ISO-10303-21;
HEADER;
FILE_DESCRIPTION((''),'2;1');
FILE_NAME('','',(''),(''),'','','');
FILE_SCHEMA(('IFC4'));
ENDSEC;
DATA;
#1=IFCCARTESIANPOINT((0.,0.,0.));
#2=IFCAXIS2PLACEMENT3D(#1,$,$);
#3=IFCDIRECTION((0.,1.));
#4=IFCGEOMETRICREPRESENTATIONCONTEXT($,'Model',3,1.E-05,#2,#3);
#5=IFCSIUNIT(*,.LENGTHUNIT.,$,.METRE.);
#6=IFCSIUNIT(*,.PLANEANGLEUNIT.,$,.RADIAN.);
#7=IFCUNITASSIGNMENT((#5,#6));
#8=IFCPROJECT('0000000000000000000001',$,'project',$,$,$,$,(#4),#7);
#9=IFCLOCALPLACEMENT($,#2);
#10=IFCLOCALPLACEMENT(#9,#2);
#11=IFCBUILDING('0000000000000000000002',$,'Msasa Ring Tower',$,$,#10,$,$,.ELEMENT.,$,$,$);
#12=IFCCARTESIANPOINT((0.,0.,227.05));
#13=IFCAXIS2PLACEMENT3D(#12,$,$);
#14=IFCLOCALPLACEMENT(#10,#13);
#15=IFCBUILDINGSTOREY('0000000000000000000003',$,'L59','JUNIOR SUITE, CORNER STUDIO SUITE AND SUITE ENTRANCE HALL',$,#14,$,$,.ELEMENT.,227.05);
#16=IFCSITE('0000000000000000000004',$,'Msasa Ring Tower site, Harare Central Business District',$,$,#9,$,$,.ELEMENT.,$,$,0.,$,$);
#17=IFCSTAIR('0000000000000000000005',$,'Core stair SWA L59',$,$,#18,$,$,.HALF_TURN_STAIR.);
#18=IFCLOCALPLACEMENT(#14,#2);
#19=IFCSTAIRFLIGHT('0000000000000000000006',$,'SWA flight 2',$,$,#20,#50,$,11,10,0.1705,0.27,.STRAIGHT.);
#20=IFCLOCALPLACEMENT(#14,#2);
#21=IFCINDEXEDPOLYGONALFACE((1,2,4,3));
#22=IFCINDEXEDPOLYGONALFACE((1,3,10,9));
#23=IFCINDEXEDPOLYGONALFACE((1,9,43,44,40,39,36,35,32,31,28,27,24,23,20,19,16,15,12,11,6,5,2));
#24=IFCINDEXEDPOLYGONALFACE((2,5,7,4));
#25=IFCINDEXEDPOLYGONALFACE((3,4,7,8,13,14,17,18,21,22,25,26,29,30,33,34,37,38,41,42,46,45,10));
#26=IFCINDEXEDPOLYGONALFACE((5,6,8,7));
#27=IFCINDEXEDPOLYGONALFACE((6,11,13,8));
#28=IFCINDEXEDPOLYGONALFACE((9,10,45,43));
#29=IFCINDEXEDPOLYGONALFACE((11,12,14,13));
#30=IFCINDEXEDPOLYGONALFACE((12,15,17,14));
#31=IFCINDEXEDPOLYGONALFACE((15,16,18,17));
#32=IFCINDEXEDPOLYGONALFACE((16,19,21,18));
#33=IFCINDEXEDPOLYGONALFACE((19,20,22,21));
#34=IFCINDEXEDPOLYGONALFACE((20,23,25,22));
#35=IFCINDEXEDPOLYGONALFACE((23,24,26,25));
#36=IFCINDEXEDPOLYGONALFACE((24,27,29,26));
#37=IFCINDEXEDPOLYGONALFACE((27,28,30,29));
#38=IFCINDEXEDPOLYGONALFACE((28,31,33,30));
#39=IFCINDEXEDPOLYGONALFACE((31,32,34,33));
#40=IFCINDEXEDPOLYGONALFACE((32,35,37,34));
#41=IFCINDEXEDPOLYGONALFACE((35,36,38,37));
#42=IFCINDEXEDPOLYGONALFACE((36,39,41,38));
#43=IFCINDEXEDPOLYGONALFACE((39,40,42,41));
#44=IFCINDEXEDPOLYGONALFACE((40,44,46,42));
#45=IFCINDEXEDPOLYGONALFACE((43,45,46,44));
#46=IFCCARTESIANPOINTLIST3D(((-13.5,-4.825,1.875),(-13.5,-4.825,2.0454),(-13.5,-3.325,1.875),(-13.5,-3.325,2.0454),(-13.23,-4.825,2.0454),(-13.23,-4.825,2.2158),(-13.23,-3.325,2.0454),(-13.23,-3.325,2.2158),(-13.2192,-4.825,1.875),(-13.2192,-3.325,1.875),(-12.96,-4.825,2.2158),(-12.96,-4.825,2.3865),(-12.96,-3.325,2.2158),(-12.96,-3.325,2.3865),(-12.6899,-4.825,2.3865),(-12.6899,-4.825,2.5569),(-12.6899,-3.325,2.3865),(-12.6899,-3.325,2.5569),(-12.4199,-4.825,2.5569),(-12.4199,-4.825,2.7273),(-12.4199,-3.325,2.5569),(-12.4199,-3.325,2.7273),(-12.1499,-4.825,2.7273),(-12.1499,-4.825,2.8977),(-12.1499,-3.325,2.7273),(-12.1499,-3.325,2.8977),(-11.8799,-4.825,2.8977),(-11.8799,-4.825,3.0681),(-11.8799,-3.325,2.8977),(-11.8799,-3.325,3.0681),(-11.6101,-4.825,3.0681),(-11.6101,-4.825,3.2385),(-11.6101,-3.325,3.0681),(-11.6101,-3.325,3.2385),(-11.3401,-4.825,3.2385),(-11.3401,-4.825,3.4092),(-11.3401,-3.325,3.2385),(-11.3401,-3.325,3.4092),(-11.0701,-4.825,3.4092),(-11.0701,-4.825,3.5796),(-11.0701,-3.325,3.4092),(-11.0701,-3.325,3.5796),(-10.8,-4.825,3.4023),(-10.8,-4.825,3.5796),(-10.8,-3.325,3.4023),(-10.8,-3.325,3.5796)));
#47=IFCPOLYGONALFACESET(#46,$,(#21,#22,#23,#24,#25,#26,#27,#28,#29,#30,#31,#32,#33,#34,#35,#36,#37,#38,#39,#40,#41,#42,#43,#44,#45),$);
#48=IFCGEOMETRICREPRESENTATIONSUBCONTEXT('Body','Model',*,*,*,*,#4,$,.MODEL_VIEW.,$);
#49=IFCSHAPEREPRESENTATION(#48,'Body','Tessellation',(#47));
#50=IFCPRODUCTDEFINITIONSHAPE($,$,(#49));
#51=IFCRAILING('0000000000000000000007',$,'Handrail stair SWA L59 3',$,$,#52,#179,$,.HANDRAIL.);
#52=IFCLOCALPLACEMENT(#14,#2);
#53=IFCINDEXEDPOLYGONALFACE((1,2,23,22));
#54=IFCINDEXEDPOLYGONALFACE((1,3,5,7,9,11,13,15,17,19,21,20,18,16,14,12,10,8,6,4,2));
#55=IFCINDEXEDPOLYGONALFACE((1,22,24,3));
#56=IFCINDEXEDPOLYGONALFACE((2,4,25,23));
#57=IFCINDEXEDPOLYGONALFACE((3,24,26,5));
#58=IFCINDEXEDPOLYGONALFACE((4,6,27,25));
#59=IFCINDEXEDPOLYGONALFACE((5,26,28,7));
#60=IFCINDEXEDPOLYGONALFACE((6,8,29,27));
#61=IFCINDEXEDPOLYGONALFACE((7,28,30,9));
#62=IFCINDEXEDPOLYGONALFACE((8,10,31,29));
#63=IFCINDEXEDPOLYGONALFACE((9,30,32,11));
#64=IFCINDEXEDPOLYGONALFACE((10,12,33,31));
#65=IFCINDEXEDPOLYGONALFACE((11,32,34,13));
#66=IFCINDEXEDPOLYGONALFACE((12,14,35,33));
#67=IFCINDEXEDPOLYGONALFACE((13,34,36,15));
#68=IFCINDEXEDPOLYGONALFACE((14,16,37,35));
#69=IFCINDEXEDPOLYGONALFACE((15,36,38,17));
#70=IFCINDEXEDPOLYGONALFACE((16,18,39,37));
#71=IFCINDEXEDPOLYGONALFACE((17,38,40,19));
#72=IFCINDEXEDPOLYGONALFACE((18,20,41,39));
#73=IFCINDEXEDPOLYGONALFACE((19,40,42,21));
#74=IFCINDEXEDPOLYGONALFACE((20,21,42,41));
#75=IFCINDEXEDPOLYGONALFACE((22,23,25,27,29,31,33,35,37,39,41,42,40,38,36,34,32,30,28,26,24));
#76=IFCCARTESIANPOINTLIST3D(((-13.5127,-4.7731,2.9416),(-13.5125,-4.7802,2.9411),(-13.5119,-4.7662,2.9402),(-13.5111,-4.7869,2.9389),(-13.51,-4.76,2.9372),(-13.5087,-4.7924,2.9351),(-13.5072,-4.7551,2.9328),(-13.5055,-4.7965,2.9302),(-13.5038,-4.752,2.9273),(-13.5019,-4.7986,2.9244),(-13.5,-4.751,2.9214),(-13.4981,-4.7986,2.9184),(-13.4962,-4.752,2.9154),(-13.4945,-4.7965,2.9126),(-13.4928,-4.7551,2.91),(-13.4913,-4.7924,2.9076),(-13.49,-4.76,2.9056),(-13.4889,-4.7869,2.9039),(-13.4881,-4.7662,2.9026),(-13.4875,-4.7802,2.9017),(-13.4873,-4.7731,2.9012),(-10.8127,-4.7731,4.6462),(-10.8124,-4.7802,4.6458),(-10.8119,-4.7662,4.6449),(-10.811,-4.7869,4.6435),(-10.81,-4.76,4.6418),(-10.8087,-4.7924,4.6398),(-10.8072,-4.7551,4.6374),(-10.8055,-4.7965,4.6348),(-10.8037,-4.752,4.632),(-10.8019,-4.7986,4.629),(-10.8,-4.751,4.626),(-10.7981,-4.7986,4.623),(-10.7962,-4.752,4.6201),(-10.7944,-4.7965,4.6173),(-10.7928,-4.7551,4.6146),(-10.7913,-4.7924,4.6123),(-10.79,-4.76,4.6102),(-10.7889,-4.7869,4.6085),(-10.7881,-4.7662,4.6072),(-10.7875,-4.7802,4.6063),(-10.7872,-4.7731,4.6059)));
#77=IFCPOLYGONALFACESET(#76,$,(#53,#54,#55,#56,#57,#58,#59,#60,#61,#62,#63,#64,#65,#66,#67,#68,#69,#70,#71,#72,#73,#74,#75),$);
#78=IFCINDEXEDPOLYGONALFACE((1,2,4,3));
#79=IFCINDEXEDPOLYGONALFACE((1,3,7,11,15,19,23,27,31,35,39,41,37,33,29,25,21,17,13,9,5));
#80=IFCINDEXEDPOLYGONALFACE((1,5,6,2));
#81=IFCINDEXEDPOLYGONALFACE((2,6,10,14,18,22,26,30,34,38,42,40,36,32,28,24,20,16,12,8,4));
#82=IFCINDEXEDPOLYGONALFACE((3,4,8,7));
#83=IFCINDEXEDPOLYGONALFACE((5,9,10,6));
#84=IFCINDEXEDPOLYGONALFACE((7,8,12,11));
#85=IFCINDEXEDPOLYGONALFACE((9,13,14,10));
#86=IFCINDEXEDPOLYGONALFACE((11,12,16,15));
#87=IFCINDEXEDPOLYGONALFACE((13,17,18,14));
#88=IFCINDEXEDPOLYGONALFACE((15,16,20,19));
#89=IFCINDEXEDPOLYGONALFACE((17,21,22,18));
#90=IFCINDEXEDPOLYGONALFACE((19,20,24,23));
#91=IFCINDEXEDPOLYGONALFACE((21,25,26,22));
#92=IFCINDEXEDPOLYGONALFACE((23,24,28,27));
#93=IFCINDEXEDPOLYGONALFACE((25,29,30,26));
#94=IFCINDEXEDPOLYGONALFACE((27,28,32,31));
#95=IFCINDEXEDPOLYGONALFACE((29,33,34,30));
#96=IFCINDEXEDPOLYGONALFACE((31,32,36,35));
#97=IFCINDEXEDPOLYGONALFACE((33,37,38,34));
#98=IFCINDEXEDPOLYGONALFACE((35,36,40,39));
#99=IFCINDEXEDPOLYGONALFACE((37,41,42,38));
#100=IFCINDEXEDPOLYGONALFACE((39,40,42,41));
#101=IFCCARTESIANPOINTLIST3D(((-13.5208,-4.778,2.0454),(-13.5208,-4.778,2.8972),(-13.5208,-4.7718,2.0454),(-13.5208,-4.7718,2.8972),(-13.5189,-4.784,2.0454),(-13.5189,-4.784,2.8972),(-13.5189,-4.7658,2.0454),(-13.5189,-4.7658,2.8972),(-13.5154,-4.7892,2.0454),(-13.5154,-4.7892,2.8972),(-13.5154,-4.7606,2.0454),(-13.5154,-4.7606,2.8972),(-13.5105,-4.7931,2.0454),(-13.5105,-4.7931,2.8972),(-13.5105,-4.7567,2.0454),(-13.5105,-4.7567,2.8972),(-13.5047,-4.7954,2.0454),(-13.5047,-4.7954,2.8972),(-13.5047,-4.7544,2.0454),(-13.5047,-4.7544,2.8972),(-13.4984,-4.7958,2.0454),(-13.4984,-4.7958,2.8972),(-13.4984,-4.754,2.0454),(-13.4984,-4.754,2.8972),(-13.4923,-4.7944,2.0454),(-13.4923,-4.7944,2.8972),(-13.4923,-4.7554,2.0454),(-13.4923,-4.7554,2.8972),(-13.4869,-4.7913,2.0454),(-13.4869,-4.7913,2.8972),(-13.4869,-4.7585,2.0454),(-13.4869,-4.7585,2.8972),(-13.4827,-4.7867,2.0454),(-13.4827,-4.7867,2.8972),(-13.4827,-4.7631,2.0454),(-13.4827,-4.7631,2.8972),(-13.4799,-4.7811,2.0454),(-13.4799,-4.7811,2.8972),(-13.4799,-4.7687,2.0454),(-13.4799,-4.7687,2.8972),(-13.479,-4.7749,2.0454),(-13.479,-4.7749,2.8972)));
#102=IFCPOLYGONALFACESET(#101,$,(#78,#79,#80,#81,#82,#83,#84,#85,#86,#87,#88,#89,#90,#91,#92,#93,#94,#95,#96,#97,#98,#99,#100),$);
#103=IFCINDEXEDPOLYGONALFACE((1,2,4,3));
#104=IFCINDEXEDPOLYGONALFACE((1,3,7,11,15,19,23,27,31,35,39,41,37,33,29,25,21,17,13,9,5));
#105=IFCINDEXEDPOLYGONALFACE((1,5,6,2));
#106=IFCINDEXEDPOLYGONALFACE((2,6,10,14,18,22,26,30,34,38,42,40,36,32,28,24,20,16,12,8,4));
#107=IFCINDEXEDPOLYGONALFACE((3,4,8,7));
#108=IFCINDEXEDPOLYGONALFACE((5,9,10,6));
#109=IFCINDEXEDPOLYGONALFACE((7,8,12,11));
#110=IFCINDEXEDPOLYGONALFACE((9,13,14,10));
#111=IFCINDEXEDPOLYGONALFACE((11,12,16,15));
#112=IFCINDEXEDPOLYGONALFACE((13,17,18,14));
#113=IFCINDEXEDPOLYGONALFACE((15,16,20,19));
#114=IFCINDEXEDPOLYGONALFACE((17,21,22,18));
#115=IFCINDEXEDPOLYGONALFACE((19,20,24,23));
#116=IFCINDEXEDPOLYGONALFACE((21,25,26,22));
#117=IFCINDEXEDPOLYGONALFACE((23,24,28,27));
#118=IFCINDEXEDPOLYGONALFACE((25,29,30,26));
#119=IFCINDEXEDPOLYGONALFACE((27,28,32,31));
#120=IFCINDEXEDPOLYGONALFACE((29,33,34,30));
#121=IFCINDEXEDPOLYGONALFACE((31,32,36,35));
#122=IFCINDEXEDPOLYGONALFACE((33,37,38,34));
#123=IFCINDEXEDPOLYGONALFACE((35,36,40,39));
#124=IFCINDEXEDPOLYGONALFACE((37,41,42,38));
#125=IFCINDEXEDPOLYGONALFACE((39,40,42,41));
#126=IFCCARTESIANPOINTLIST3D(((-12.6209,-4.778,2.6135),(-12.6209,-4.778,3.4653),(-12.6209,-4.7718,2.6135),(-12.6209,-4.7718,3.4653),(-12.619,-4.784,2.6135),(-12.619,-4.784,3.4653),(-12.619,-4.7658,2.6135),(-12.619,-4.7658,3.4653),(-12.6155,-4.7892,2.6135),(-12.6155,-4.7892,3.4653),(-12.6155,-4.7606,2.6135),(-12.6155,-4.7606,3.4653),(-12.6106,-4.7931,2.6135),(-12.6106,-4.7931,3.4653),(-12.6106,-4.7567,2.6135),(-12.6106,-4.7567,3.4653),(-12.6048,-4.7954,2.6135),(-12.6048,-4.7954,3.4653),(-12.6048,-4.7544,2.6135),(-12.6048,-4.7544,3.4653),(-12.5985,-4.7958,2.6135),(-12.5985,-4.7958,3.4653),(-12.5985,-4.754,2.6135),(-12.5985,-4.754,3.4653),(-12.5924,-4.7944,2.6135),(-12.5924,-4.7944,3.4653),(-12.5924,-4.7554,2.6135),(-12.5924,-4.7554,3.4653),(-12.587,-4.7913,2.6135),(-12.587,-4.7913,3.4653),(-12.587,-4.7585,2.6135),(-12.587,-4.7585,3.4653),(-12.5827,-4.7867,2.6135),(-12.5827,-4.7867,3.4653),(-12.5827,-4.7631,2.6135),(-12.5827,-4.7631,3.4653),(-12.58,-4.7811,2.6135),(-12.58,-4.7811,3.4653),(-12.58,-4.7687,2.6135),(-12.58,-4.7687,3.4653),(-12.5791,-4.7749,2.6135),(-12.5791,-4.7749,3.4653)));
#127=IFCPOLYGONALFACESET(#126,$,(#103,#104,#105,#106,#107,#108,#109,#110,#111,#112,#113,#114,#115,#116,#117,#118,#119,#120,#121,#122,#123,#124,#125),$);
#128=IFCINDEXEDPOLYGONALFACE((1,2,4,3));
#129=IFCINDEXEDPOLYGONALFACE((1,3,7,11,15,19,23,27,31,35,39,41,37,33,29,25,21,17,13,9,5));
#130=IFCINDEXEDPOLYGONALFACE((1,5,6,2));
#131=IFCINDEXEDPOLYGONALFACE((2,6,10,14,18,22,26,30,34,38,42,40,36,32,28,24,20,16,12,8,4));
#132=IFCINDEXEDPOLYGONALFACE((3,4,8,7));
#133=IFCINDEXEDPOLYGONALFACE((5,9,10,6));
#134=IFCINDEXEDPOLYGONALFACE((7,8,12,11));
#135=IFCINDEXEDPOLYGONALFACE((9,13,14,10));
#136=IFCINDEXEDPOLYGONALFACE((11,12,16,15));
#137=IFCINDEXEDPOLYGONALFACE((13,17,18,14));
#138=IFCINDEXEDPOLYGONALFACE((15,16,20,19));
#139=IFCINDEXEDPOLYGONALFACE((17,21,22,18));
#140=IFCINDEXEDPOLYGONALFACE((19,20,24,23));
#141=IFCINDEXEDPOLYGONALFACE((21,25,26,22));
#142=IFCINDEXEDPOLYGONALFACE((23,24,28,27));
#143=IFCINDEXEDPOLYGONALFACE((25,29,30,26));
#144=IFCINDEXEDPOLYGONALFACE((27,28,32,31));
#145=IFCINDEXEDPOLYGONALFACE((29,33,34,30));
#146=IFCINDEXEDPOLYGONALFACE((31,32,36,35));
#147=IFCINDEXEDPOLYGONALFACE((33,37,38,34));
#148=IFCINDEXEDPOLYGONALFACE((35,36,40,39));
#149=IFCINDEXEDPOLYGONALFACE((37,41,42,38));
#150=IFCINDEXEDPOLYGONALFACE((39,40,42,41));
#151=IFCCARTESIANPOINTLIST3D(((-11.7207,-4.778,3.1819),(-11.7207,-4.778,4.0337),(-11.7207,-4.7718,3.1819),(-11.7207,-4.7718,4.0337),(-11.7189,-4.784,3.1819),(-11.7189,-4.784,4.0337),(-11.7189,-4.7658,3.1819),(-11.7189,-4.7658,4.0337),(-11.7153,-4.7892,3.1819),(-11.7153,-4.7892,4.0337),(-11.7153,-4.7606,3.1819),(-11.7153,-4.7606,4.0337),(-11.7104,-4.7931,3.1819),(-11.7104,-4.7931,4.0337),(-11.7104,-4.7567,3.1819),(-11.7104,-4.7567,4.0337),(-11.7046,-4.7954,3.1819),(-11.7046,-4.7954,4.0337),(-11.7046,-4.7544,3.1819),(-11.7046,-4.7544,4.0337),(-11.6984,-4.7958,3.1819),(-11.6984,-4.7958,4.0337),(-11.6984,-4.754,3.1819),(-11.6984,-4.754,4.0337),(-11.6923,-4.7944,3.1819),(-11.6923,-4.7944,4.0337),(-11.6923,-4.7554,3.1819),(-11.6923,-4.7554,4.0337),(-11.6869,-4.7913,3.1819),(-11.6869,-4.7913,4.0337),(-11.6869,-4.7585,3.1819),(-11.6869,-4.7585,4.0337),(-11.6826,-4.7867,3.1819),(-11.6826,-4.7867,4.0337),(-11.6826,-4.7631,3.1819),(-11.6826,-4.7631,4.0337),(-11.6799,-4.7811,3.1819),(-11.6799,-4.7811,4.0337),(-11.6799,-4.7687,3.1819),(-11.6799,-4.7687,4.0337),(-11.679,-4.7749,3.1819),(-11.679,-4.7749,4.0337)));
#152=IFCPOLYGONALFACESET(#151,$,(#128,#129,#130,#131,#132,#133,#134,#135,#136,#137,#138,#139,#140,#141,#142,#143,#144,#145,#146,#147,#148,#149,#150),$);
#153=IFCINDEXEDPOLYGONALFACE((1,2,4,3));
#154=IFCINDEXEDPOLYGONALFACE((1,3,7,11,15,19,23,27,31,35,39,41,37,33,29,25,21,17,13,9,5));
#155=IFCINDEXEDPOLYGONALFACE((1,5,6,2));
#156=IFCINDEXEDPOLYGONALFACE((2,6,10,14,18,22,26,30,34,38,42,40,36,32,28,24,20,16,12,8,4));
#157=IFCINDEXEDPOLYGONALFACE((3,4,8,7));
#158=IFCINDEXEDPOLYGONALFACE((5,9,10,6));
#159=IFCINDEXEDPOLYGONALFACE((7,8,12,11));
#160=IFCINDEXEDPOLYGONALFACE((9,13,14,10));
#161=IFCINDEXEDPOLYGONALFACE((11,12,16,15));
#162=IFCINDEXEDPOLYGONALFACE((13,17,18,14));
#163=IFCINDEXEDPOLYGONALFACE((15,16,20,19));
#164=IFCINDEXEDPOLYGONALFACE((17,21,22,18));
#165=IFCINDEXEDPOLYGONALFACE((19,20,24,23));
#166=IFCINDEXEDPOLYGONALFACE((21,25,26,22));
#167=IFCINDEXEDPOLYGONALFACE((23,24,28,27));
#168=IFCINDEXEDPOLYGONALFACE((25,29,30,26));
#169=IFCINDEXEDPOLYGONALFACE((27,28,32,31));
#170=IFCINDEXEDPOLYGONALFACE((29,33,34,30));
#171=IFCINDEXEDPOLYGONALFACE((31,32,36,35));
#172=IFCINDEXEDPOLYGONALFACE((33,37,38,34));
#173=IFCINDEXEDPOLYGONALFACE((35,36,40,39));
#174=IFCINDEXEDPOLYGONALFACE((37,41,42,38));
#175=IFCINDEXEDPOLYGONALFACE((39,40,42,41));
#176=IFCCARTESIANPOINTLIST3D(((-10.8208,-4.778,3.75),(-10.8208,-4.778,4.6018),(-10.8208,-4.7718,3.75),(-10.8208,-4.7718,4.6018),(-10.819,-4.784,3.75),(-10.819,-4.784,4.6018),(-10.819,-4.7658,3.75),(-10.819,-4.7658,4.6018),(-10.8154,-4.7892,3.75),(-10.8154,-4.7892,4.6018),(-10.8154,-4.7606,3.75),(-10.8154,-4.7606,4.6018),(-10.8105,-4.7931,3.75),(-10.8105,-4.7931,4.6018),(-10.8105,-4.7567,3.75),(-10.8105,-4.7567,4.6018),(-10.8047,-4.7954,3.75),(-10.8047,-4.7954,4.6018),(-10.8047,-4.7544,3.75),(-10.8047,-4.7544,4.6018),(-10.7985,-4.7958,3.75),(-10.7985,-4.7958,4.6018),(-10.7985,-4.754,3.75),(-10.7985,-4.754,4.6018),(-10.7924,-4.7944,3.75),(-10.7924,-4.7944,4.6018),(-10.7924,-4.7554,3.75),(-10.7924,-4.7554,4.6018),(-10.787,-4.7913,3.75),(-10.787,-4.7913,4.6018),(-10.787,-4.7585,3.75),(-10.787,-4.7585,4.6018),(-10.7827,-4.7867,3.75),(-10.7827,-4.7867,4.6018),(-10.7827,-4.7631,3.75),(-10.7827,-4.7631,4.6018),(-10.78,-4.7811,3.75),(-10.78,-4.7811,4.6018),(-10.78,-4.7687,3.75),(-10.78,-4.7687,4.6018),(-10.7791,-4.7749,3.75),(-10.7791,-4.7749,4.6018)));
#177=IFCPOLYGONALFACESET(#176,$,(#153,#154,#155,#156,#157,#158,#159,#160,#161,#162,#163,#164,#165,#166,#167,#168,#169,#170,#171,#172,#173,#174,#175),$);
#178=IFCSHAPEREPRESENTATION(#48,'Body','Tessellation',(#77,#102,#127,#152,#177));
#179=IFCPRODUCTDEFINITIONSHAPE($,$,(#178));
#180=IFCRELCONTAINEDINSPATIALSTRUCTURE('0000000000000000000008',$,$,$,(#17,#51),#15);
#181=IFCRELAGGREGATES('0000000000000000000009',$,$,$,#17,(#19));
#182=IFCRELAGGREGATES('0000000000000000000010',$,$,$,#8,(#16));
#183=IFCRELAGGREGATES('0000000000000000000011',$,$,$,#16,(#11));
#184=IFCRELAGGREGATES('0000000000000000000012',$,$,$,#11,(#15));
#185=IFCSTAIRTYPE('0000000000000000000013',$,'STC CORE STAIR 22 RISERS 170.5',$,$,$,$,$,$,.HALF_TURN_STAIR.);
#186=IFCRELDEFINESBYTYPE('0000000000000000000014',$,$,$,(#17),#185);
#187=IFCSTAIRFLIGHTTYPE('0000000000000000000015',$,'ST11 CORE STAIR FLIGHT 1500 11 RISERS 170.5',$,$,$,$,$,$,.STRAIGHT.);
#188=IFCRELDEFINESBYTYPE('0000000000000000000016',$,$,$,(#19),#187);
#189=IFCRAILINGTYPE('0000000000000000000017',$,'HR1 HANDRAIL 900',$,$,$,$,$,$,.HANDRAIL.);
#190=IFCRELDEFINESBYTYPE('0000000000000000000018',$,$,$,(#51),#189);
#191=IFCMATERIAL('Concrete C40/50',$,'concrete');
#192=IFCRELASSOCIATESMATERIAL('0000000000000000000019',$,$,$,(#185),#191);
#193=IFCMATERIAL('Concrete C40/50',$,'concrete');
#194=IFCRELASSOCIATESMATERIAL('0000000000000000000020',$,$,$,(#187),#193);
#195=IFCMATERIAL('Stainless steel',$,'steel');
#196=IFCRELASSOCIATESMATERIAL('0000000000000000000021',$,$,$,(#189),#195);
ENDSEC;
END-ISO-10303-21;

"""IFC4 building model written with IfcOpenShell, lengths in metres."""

from ifc_helpers import new_model, si_unit, direction, frame, origin, origin_2d, place, context, subcontext, project, spatial, polyline, circle, outline, extrude, material, type_object, element, aggregate, save


model = new_model("IFC4")

# Units and contexts
model_context = context("Model", 3, precision=1e-05, world=origin(), true_north=direction((0.0, 1.0)))
body_context = subcontext(model_context, "Body", "Model", "MODEL_VIEW")
ifc_project = project(units=[si_unit("LENGTHUNIT", "METRE"), si_unit("PLANEANGLEUNIT", "RADIAN")], contexts=[model_context])

# Site, building, storey
site_placement = place(None, origin())
site = spatial("IfcSite", under=ifc_project, at=site_placement, Name="Msasa Ring Tower site, Harare Central Business District", CompositionType="ELEMENT", RefElevation=0.0)
building_placement = place(site_placement, origin())
building = spatial("IfcBuilding", under=site, at=building_placement, Name="Msasa Ring Tower", CompositionType="ELEMENT")
storey_placement = place(building_placement, frame((0.0, 0.0, 227.05)))
storey = spatial("IfcBuildingStorey", under=building, at=storey_placement, Name="L59", Description="JUNIOR SUITE, CORNER STUDIO SUITE AND SUITE ENTRANCE HALL", CompositionType="ELEMENT", Elevation=227.05)

# Stair, stair flight
ifc_material_1 = material(Name="Concrete C40/50", Category="concrete")
stair_type = type_object("IfcStairType", Name="STC CORE STAIR 22 RISERS 170.5", PredefinedType="HALF_TURN_STAIR", material=ifc_material_1)
stair_placement = place(storey_placement, origin())
stair = element("IfcStair", 1, at=stair_placement, inside=storey, type_object=stair_type, Name="Core stair SWA L59", PredefinedType="HALF_TURN_STAIR")
ifc_material_2 = material(Name="Concrete C40/50", Category="concrete")
stair_flight_type = type_object("IfcStairFlightType", Name="ST11 CORE STAIR FLIGHT 1500 11 RISERS 170.5", PredefinedType="STRAIGHT", material=ifc_material_2)
stair_flight_placement = place(storey_placement, frame((-13.5, -4.075, 1.875), z_axis=(0.0, 0.0, 1.0), x_axis=(1.0, 0.0, 0.0)))
stair_flight = element("IfcStairFlight", 2, at=stair_flight_placement, type_object=stair_flight_type, Name="SWA flight 2", NumberOfRisers=11, NumberOfTreads=10, PredefinedType="STRAIGHT", RiserHeight=0.1705, TreadLength=0.27, context=body_context, shape_type="SweptSolid", body=[
    extrude(outline(polyline([(0.0, 0.0), (0.0, 0.1704), (0.27, 0.1704), (0.27, 0.3408), (0.54, 0.3408), (0.54, 0.5115), (0.8101, 0.5115), (0.8101, 0.6819), (1.0801, 0.6819), (1.0801, 0.8523), (1.3501, 0.8523), (1.3501, 1.0227), (1.6201, 1.0227), (1.6201, 1.1931), (1.8899, 1.1931), (1.8899, 1.3635), (2.1599, 1.3635), (2.1599, 1.5342), (2.4299, 1.5342), (2.4299, 1.7046), (2.7, 1.7046), (2.7, 1.875), (2.7, 1.5273), (0.2808, 0.0), (0.0, 0.0)])), frame((0.0, 0.75, 0.0), z_axis=(0.0, -1.0, 0.0), x_axis=(1.0, 0.0, 0.0)), (0.0, 0.0, 1.0), 1.5),
])
aggregate(stair, [stair_flight])

# Railing
ifc_material_3 = material(Name="Stainless steel", Category="steel")
railing_type = type_object("IfcRailingType", Name="HR1 HANDRAIL 900", PredefinedType="HANDRAIL", material=ifc_material_3)
for number, where, name in (
    (3, (-13.5, -4.7749, 2.0454), "Handrail stair SWA L59 3"),
):
    element("IfcRailing", number, at=place(storey_placement, frame(where)), inside=storey, type_object=railing_type, Name=name, PredefinedType="HANDRAIL", context=body_context, shape_type="SweptSolid", body=[
        extrude(circle(Radius=0.0239, at=origin_2d()), frame((0.0, 0.0, 0.876), z_axis=(0.84558, 0.0, 0.533849), x_axis=(0.0, 1.0, 0.0)), (0.0, 0.0, 1.0), 3.1931),
        extrude(circle(Radius=0.021, at=origin_2d()), origin(), (0.0, 0.0, 1.0), 0.8518),
        extrude(circle(Radius=0.021, at=origin_2d()), frame((0.8999, 0.0, 0.5681)), (0.0, 0.0, 1.0), 0.8518),
        extrude(circle(Radius=0.021, at=origin_2d()), frame((1.8, 0.0, 1.1365)), (0.0, 0.0, 1.0), 0.8518),
        extrude(circle(Radius=0.021, at=origin_2d()), frame((2.7, 0.0, 1.7046)), (0.0, 0.0, 1.0), 0.8518),
    ])

save(model, "model.ifc")
